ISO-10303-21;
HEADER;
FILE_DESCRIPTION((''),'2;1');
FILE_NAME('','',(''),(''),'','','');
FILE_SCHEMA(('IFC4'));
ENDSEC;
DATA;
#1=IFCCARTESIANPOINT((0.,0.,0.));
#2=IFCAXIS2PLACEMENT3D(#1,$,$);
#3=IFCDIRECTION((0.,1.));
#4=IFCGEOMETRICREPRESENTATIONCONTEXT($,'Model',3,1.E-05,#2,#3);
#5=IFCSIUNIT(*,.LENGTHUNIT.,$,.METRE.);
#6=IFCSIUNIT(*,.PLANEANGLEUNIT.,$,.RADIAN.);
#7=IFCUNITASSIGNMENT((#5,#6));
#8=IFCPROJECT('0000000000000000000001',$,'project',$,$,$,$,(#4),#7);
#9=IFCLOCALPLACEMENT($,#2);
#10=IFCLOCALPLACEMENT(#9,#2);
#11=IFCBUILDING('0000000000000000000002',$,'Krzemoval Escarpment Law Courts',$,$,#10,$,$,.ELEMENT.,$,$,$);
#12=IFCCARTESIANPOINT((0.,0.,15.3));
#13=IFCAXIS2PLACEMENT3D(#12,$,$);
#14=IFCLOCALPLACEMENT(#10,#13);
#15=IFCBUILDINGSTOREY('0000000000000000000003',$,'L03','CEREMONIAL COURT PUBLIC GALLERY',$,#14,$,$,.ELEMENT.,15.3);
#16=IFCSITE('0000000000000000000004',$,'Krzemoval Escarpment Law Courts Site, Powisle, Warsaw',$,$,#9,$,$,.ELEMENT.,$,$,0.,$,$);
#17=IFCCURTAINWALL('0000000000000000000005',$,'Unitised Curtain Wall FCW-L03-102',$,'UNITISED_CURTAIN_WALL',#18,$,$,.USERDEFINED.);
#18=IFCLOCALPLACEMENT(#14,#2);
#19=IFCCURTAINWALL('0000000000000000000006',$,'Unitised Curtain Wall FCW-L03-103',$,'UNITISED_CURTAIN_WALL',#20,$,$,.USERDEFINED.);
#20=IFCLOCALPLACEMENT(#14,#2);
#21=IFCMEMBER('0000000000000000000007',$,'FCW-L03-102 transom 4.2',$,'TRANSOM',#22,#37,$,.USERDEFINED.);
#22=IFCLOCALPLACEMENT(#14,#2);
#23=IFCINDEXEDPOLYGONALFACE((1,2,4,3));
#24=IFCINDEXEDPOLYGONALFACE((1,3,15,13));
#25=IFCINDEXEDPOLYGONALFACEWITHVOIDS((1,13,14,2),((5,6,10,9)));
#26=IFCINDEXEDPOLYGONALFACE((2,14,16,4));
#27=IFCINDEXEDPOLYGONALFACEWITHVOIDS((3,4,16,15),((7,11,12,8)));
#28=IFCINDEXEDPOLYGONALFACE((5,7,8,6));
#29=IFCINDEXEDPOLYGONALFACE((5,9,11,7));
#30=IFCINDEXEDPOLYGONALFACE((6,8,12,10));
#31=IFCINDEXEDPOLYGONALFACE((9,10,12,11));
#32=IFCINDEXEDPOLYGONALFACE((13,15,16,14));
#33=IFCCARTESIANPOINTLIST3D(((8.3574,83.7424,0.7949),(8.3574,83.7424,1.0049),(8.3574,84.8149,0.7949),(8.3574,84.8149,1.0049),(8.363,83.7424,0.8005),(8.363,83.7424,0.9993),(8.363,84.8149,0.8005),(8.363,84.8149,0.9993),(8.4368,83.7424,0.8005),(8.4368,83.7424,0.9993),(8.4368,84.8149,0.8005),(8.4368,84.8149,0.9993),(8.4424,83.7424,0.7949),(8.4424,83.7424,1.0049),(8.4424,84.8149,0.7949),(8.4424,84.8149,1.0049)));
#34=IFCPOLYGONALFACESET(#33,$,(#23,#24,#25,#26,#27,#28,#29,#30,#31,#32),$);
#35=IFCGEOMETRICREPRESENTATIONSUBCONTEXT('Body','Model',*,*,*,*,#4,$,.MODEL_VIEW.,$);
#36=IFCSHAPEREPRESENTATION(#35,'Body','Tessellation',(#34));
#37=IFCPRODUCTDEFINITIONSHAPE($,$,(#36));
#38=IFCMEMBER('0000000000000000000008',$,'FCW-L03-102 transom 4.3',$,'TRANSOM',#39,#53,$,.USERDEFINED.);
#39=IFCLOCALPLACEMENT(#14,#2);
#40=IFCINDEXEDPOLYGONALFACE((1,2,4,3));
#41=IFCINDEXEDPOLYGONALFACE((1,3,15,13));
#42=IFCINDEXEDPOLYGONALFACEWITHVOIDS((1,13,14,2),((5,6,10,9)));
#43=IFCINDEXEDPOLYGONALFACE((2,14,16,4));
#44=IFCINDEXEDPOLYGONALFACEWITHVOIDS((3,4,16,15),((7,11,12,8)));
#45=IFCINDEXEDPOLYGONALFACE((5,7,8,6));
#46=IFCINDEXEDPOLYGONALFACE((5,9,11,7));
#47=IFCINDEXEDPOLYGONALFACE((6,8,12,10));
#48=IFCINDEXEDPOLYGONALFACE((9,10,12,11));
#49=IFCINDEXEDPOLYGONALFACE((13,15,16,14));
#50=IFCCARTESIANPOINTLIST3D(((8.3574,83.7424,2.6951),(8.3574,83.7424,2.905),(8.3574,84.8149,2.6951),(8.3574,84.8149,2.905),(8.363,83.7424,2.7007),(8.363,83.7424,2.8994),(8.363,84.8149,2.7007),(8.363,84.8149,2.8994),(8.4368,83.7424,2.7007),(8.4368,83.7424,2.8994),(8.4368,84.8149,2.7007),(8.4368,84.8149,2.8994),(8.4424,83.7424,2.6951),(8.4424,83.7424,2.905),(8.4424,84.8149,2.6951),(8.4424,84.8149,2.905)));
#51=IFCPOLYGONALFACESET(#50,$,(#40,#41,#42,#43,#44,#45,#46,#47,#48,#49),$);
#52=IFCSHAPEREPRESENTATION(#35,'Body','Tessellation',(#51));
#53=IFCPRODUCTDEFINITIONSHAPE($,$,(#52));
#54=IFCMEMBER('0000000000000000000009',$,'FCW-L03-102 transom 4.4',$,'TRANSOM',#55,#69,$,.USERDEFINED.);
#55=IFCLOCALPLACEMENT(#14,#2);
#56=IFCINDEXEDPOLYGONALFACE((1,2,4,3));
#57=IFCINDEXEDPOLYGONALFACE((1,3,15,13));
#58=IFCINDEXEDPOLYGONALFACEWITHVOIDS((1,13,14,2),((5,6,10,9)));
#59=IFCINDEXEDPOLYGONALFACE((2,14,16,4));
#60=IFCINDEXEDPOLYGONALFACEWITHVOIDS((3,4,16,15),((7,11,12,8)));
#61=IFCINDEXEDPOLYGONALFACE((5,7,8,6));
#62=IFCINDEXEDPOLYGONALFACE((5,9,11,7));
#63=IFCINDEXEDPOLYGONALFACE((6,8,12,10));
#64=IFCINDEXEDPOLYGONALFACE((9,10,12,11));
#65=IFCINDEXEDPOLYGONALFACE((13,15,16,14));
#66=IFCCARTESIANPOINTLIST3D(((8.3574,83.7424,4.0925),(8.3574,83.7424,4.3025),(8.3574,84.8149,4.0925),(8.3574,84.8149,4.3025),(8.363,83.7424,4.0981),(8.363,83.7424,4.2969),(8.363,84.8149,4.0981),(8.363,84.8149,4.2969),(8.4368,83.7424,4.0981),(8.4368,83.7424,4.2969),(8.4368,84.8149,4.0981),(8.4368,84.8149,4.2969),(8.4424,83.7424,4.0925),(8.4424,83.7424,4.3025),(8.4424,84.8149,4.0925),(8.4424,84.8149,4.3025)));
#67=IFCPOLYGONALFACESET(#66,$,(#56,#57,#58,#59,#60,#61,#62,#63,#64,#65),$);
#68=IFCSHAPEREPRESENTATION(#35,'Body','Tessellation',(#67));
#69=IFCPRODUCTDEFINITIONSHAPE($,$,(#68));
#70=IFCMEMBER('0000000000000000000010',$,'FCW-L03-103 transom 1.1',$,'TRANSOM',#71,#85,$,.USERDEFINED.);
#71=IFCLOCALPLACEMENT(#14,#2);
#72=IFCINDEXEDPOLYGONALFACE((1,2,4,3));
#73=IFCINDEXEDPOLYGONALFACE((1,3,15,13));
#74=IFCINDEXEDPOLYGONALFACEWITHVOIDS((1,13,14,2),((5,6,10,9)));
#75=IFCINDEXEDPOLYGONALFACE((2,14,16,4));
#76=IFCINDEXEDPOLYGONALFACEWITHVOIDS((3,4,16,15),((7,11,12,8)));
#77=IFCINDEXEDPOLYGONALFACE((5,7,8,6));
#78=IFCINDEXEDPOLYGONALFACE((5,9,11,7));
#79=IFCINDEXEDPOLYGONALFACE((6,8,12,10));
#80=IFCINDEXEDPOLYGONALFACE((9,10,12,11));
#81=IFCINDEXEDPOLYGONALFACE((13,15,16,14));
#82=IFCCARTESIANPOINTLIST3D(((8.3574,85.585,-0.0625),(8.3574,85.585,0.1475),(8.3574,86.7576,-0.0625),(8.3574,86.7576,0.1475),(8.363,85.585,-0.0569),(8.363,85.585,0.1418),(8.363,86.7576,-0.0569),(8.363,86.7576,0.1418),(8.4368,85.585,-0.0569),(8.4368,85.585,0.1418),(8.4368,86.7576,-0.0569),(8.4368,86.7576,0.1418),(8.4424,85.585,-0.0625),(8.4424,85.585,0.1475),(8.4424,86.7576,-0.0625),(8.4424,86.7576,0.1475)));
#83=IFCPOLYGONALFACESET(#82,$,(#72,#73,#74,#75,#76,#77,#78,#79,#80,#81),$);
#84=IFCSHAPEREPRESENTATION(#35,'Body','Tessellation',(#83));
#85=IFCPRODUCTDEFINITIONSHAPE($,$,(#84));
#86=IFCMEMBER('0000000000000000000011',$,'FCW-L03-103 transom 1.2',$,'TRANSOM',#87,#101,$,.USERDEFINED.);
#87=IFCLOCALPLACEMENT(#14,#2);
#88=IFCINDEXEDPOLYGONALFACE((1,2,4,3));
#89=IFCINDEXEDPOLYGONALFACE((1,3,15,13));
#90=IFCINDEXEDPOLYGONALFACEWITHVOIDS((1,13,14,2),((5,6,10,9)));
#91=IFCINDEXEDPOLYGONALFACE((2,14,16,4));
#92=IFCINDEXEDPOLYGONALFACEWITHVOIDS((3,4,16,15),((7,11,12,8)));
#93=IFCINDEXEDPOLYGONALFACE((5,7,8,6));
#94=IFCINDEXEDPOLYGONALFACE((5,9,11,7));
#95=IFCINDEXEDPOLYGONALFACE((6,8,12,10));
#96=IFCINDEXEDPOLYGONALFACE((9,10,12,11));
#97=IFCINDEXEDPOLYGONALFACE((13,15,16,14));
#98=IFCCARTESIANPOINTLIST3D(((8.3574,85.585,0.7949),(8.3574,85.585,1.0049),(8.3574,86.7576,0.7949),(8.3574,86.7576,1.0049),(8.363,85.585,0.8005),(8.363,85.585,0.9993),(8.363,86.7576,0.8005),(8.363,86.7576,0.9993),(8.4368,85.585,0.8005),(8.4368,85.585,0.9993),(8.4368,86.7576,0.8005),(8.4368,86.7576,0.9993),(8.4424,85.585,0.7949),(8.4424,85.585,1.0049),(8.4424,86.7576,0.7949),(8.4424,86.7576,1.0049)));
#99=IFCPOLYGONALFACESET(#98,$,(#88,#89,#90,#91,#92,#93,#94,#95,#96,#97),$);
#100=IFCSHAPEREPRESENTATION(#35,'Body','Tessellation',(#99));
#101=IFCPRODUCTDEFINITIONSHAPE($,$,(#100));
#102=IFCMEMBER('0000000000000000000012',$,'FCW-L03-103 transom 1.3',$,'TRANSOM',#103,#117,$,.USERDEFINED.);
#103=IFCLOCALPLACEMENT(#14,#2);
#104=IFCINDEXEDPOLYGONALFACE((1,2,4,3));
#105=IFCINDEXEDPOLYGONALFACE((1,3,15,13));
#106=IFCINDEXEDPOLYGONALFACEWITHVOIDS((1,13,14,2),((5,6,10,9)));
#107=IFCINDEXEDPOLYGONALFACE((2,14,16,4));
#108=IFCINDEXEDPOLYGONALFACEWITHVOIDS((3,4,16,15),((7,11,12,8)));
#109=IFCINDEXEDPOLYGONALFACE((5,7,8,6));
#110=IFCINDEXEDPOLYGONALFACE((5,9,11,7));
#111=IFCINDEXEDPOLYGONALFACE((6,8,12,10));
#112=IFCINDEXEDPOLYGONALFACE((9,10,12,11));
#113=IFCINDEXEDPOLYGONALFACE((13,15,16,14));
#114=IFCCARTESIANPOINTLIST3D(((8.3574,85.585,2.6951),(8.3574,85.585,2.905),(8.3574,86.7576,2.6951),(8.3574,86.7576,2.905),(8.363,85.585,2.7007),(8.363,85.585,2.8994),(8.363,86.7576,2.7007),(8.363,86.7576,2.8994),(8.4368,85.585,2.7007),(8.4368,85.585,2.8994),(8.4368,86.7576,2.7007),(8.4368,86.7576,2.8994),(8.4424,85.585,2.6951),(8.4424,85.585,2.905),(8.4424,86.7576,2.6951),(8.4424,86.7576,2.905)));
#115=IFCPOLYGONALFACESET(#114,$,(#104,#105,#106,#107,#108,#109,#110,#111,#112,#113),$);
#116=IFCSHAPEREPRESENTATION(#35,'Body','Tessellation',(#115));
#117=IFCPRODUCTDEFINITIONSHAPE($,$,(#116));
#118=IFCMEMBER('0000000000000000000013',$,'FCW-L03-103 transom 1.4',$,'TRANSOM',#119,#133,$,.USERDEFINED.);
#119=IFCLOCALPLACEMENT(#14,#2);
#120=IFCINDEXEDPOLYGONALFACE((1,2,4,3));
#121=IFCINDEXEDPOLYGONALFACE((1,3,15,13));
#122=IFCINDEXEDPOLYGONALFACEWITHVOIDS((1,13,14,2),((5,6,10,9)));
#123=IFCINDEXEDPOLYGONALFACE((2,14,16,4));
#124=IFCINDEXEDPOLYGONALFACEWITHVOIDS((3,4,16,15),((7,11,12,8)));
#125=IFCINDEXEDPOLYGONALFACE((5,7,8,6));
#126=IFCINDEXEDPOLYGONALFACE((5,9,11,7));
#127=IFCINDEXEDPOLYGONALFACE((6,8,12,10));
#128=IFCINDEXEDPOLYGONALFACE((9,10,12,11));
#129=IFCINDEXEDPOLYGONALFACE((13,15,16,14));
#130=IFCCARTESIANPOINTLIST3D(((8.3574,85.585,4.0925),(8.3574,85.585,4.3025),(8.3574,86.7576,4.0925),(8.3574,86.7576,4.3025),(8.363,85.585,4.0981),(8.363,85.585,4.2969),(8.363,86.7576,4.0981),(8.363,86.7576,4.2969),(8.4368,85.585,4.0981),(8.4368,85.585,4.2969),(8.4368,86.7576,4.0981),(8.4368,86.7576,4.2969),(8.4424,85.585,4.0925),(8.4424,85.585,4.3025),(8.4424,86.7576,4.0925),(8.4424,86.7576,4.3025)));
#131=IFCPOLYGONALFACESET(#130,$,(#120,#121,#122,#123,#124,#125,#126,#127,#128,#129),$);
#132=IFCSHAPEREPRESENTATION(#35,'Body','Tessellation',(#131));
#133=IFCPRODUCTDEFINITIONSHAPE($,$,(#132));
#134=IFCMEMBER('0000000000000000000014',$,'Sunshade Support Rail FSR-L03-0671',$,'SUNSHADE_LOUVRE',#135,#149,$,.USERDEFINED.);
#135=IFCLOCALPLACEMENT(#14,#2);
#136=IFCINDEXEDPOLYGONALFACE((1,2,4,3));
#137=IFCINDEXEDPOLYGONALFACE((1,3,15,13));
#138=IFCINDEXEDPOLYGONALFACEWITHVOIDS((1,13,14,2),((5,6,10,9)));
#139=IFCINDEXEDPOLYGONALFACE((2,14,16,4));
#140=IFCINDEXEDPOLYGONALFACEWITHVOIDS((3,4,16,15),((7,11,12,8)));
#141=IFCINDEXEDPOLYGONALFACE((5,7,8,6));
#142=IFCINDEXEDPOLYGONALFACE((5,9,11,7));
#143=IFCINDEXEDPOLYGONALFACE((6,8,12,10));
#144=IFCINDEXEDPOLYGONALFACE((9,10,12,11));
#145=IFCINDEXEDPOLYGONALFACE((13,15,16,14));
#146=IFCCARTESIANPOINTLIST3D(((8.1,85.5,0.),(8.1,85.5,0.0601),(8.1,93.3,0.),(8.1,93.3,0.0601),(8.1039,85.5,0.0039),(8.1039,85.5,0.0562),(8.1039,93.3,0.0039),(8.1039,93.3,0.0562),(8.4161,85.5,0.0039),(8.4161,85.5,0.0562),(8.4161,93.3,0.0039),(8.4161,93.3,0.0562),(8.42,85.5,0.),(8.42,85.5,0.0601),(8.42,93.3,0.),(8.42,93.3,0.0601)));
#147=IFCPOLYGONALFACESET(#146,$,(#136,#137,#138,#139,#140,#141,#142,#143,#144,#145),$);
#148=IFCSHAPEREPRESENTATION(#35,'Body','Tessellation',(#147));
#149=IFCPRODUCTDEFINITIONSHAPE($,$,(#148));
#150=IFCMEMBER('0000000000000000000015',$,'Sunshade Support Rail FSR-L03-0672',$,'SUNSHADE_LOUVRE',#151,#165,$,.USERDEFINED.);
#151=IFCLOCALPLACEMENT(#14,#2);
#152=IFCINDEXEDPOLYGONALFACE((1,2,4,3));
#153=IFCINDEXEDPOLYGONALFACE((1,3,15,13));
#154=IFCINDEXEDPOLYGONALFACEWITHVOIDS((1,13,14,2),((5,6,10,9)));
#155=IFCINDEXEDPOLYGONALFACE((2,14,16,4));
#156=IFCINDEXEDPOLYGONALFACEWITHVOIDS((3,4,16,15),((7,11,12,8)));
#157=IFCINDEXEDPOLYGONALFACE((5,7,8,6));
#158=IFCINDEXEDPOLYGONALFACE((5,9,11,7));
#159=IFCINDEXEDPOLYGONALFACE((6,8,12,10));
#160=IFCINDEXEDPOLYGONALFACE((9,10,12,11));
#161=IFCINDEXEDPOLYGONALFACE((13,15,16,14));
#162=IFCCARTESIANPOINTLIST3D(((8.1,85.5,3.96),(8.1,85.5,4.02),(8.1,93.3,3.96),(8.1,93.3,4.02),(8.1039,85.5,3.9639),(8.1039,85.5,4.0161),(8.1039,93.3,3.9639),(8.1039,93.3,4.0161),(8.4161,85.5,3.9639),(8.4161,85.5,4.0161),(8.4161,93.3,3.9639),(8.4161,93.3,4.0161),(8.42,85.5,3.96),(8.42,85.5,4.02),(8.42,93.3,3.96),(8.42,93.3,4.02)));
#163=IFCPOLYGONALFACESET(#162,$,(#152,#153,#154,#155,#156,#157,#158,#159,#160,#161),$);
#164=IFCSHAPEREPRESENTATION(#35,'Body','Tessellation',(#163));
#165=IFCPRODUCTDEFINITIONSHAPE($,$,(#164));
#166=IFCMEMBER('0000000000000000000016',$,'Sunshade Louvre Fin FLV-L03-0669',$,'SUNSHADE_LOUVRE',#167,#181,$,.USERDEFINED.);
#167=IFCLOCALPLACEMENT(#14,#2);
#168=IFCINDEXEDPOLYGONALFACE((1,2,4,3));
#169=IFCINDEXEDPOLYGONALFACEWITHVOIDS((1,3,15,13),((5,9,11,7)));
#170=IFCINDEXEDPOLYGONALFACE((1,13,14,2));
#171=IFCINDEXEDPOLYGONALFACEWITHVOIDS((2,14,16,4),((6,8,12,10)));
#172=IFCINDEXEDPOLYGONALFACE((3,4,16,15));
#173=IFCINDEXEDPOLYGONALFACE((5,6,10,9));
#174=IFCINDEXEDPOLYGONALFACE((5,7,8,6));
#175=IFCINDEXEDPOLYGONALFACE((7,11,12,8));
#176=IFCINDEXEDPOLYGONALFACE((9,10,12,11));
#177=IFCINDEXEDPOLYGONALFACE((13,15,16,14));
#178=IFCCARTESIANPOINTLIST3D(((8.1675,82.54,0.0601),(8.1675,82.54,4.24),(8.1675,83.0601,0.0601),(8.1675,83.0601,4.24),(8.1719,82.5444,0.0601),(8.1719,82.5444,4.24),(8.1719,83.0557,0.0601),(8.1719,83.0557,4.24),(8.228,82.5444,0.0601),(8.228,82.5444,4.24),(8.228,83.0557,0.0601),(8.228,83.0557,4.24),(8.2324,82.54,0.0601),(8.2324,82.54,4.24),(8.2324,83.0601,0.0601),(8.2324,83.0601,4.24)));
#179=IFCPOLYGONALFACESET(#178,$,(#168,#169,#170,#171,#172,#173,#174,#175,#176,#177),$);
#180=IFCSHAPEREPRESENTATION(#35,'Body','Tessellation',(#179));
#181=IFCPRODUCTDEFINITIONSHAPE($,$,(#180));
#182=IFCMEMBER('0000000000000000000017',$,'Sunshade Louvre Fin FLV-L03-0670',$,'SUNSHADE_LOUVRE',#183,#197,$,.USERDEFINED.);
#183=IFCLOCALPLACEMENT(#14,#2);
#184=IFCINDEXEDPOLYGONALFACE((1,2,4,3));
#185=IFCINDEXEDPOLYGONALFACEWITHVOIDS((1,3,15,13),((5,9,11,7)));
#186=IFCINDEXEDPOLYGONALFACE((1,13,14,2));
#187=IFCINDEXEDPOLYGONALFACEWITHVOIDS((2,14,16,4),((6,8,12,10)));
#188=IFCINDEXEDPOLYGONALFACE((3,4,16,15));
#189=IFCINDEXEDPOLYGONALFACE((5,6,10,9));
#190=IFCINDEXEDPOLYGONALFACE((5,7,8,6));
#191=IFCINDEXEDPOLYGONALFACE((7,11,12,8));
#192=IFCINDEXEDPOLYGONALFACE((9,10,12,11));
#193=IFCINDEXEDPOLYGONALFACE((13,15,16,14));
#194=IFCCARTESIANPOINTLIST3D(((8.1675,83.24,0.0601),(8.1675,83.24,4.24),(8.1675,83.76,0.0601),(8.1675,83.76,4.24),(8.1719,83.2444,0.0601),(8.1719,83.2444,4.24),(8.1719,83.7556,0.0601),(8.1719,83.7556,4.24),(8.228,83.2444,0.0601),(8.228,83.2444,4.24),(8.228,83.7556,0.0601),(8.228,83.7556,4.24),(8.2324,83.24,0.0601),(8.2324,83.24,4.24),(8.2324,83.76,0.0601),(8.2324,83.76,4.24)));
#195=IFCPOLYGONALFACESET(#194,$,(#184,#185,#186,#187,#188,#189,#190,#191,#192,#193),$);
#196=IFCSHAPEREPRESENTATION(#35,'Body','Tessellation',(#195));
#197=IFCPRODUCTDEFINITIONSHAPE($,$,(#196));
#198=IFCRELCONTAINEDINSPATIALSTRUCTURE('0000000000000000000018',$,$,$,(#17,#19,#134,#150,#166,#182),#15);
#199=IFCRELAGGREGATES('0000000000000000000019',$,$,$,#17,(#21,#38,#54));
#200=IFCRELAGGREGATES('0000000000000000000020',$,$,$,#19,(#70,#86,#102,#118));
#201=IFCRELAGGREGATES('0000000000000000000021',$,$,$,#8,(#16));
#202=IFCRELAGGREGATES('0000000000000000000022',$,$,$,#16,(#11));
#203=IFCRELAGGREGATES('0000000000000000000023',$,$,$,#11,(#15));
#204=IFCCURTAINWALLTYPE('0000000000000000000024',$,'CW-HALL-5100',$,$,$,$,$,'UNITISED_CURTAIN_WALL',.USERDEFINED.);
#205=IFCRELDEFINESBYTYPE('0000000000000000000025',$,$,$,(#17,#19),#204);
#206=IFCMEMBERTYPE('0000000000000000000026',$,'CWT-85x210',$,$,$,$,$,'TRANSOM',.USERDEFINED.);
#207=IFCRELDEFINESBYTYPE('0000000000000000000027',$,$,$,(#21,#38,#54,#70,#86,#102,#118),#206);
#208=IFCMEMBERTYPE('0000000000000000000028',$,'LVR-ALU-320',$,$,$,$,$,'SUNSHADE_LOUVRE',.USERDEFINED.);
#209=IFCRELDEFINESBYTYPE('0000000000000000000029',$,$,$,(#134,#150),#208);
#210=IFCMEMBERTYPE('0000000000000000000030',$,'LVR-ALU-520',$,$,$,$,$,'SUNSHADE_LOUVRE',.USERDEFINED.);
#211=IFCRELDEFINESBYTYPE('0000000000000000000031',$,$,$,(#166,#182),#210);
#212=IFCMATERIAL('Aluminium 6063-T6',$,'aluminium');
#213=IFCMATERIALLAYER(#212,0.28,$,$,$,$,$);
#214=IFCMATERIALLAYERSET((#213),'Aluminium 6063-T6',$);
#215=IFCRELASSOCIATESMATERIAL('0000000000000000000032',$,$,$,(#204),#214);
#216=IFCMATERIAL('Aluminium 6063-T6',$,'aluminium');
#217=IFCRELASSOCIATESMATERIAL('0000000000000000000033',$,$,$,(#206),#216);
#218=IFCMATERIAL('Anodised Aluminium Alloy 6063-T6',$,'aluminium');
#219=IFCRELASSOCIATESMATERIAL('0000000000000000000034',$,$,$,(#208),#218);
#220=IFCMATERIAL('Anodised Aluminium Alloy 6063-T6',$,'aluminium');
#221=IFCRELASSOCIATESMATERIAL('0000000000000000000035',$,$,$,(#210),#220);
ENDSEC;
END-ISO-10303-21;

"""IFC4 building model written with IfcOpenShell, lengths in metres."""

from ifc_helpers import new_model, si_unit, direction, frame, origin, origin_2d, place, context, subcontext, project, spatial, hollow_rectangle, extrude, material, layer, layer_set, material_profile, profile_set, type_object, element, aggregate, save


model = new_model("IFC4")

# Units and contexts
model_context = context("Model", 3, precision=1e-05, world=origin(), true_north=direction((0.0, 1.0)))
body_context = subcontext(model_context, "Body", "Model", "MODEL_VIEW")
ifc_project = project(units=[si_unit("LENGTHUNIT", "METRE"), si_unit("PLANEANGLEUNIT", "RADIAN")], contexts=[model_context])

# Site, building, storey
site_placement = place(None, origin())
site = spatial("IfcSite", under=ifc_project, at=site_placement, Name="Krzemoval Escarpment Law Courts Site, Powisle, Warsaw", CompositionType="ELEMENT", RefElevation=0.0)
building_placement = place(site_placement, origin())
building = spatial("IfcBuilding", under=site, at=building_placement, Name="Krzemoval Escarpment Law Courts", CompositionType="ELEMENT")
storey_placement = place(building_placement, frame((0.0, 0.0, 15.3)))
storey = spatial("IfcBuildingStorey", under=building, at=storey_placement, Name="L03", Description="CEREMONIAL COURT PUBLIC GALLERY", CompositionType="ELEMENT", Elevation=15.3)

# Curtain wall
ifc_material_1 = material(Name="Aluminium 6063-T6", Category="aluminium")
ifc_layer_1 = layer(ifc_material_1, 0.28)
ifc_layer_set_1 = layer_set([ifc_layer_1], Name="Aluminium 6063-T6")
curtain_wall_type = type_object("IfcCurtainWallType", Name="CW-HALL-5100", ElementType="UNITISED_CURTAIN_WALL", PredefinedType="USERDEFINED", material=ifc_layer_set_1)
curtain_wall_1_placement = place(storey_placement, origin())
curtain_wall_1 = element("IfcCurtainWall", 1, at=curtain_wall_1_placement, inside=storey, type_object=curtain_wall_type, Name="Unitised Curtain Wall FCW-L03-102", ObjectType="UNITISED_CURTAIN_WALL", PredefinedType="USERDEFINED")

# Curtain wall
curtain_wall_2_placement = place(storey_placement, origin())
curtain_wall_2 = element("IfcCurtainWall", 2, at=curtain_wall_2_placement, inside=storey, type_object=curtain_wall_type, Name="Unitised Curtain Wall FCW-L03-103", ObjectType="UNITISED_CURTAIN_WALL", PredefinedType="USERDEFINED")

# Members
ifc_material_2 = material(Name="Aluminium 6063-T6", Category="aluminium")
ifc_material_profile_1 = material_profile(ifc_material_2, hollow_rectangle(XDim=0.085, YDim=0.21, WallThickness=0.0056, at=origin_2d()), Name="ALU T85x210")
ifc_profile_set_1 = profile_set([ifc_material_profile_1], Name="Aluminium 6063-T6")
member_type_1 = type_object("IfcMemberType", Name="CWT-85x210", ElementType="TRANSOM", PredefinedType="USERDEFINED", material=ifc_profile_set_1)
member_1_placement = place(storey_placement, frame((8.3999, 83.7424, 0.8999), z_axis=(0.0, 1.0, 0.0), x_axis=(-1.0, 0.0, 0.0)))
member_1 = element("IfcMember", 3, at=member_1_placement, type_object=member_type_1, Name="FCW-L03-102 transom 4.2", ObjectType="TRANSOM", PredefinedType="USERDEFINED", context=body_context, shape_type="SweptSolid", body=[
    extrude(hollow_rectangle(XDim=0.085, YDim=0.21, WallThickness=0.0056, at=origin_2d()), origin(), (0.0, 0.0, 1.0), 1.0725),
])
member_2_placement = place(storey_placement, frame((8.3999, 83.7424, 2.8), z_axis=(0.0, 1.0, 0.0), x_axis=(-1.0, 0.0, 0.0)))
member_2 = element("IfcMember", 4, at=member_2_placement, type_object=member_type_1, Name="FCW-L03-102 transom 4.3", ObjectType="TRANSOM", PredefinedType="USERDEFINED", context=body_context, shape_type="SweptSolid", body=[
    extrude(hollow_rectangle(XDim=0.085, YDim=0.21, WallThickness=0.0056, at=origin_2d()), origin(), (0.0, 0.0, 1.0), 1.0725),
])
member_3_placement = place(storey_placement, frame((8.3999, 83.7424, 4.1975), z_axis=(0.0, 1.0, 0.0), x_axis=(-1.0, 0.0, 0.0)))
member_3 = element("IfcMember", 5, at=member_3_placement, type_object=member_type_1, Name="FCW-L03-102 transom 4.4", ObjectType="TRANSOM", PredefinedType="USERDEFINED", context=body_context, shape_type="SweptSolid", body=[
    extrude(hollow_rectangle(XDim=0.085, YDim=0.21, WallThickness=0.0056, at=origin_2d()), origin(), (0.0, 0.0, 1.0), 1.0725),
])
member_4_placement = place(storey_placement, frame((8.3999, 85.585, 0.0425), z_axis=(0.0, 1.0, 0.0), x_axis=(-1.0, 0.0, 0.0)))
member_4 = element("IfcMember", 6, at=member_4_placement, type_object=member_type_1, Name="FCW-L03-103 transom 1.1", ObjectType="TRANSOM", PredefinedType="USERDEFINED", context=body_context, shape_type="SweptSolid", body=[
    extrude(hollow_rectangle(XDim=0.085, YDim=0.21, WallThickness=0.0056, at=origin_2d()), origin(), (0.0, 0.0, 1.0), 1.1726),
])
member_5_placement = place(storey_placement, frame((8.3999, 85.585, 0.8999), z_axis=(0.0, 1.0, 0.0), x_axis=(-1.0, 0.0, 0.0)))
member_5 = element("IfcMember", 7, at=member_5_placement, type_object=member_type_1, Name="FCW-L03-103 transom 1.2", ObjectType="TRANSOM", PredefinedType="USERDEFINED", context=body_context, shape_type="SweptSolid", body=[
    extrude(hollow_rectangle(XDim=0.085, YDim=0.21, WallThickness=0.0056, at=origin_2d()), origin(), (0.0, 0.0, 1.0), 1.1726),
])
member_6_placement = place(storey_placement, frame((8.3999, 85.585, 2.8), z_axis=(0.0, 1.0, 0.0), x_axis=(-1.0, 0.0, 0.0)))
member_6 = element("IfcMember", 8, at=member_6_placement, type_object=member_type_1, Name="FCW-L03-103 transom 1.3", ObjectType="TRANSOM", PredefinedType="USERDEFINED", context=body_context, shape_type="SweptSolid", body=[
    extrude(hollow_rectangle(XDim=0.085, YDim=0.21, WallThickness=0.0056, at=origin_2d()), origin(), (0.0, 0.0, 1.0), 1.1726),
])
member_7_placement = place(storey_placement, frame((8.3999, 85.585, 4.1975), z_axis=(0.0, 1.0, 0.0), x_axis=(-1.0, 0.0, 0.0)))
member_7 = element("IfcMember", 9, at=member_7_placement, type_object=member_type_1, Name="FCW-L03-103 transom 1.4", ObjectType="TRANSOM", PredefinedType="USERDEFINED", context=body_context, shape_type="SweptSolid", body=[
    extrude(hollow_rectangle(XDim=0.085, YDim=0.21, WallThickness=0.0056, at=origin_2d()), origin(), (0.0, 0.0, 1.0), 1.1726),
])

# Members
ifc_material_3 = material(Name="Anodised Aluminium Alloy 6063-T6", Category="aluminium")
ifc_material_profile_2 = material_profile(ifc_material_3, hollow_rectangle(XDim=0.0601, YDim=0.3201, WallThickness=0.0039, at=origin_2d()), Name="ALU LVR 60x320")
ifc_profile_set_2 = profile_set([ifc_material_profile_2], Name="Anodised Aluminium Alloy 6063-T6")
member_type_2 = type_object("IfcMemberType", Name="LVR-ALU-320", ElementType="SUNSHADE_LOUVRE", PredefinedType="USERDEFINED", material=ifc_profile_set_2)
for number, where, z_axis, x_axis, name in (
    (10, (8.26, 85.5, 0.03), (0.0, 1.0, 0.0), (0.0, 0.0, 1.0), "Sunshade Support Rail FSR-L03-0671"),
    (11, (8.26, 85.5, 3.99), (0.0, 1.0, 0.0), (0.0, 0.0, 1.0), "Sunshade Support Rail FSR-L03-0672"),
):
    element("IfcMember", number, at=place(storey_placement, frame(where, z_axis=z_axis, x_axis=x_axis)), inside=storey, type_object=member_type_2, Name=name, ObjectType="SUNSHADE_LOUVRE", PredefinedType="USERDEFINED", context=body_context, shape_type="SweptSolid", body=[
        extrude(hollow_rectangle(XDim=0.0601, YDim=0.3201, WallThickness=0.0039, at=origin_2d()), origin(), (0.0, 0.0, 1.0), 7.8),
    ])
ifc_material_4 = material(Name="Anodised Aluminium Alloy 6063-T6", Category="aluminium")
ifc_material_profile_3 = material_profile(ifc_material_4, hollow_rectangle(XDim=0.0649, YDim=0.52, WallThickness=0.0044, at=origin_2d()), Name="ALU LVR 65x520")
ifc_profile_set_3 = profile_set([ifc_material_profile_3], Name="Anodised Aluminium Alloy 6063-T6")
member_type_3 = type_object("IfcMemberType", Name="LVR-ALU-520", ElementType="SUNSHADE_LOUVRE", PredefinedType="USERDEFINED", material=ifc_profile_set_3)
for number, where, z_axis, x_axis, name in (
    (12, (8.2, 82.8, 0.0601), (0.0, 0.0, 1.0), (1.0, 0.0, 0.0), "Sunshade Louvre Fin FLV-L03-0669"),
    (13, (8.2, 83.5, 0.0601), (0.0, 0.0, 1.0), (1.0, 0.0, 0.0), "Sunshade Louvre Fin FLV-L03-0670"),
):
    element("IfcMember", number, at=place(storey_placement, frame(where, z_axis=z_axis, x_axis=x_axis)), inside=storey, type_object=member_type_3, Name=name, ObjectType="SUNSHADE_LOUVRE", PredefinedType="USERDEFINED", context=body_context, shape_type="SweptSolid", body=[
        extrude(hollow_rectangle(XDim=0.0649, YDim=0.52, WallThickness=0.0044, at=origin_2d()), origin(), (0.0, 0.0, 1.0), 4.1799),
    ])

aggregate(curtain_wall_1, [member_1, member_2, member_3])
aggregate(curtain_wall_2, [member_4, member_5, member_6, member_7])

save(model, "model.ifc")
